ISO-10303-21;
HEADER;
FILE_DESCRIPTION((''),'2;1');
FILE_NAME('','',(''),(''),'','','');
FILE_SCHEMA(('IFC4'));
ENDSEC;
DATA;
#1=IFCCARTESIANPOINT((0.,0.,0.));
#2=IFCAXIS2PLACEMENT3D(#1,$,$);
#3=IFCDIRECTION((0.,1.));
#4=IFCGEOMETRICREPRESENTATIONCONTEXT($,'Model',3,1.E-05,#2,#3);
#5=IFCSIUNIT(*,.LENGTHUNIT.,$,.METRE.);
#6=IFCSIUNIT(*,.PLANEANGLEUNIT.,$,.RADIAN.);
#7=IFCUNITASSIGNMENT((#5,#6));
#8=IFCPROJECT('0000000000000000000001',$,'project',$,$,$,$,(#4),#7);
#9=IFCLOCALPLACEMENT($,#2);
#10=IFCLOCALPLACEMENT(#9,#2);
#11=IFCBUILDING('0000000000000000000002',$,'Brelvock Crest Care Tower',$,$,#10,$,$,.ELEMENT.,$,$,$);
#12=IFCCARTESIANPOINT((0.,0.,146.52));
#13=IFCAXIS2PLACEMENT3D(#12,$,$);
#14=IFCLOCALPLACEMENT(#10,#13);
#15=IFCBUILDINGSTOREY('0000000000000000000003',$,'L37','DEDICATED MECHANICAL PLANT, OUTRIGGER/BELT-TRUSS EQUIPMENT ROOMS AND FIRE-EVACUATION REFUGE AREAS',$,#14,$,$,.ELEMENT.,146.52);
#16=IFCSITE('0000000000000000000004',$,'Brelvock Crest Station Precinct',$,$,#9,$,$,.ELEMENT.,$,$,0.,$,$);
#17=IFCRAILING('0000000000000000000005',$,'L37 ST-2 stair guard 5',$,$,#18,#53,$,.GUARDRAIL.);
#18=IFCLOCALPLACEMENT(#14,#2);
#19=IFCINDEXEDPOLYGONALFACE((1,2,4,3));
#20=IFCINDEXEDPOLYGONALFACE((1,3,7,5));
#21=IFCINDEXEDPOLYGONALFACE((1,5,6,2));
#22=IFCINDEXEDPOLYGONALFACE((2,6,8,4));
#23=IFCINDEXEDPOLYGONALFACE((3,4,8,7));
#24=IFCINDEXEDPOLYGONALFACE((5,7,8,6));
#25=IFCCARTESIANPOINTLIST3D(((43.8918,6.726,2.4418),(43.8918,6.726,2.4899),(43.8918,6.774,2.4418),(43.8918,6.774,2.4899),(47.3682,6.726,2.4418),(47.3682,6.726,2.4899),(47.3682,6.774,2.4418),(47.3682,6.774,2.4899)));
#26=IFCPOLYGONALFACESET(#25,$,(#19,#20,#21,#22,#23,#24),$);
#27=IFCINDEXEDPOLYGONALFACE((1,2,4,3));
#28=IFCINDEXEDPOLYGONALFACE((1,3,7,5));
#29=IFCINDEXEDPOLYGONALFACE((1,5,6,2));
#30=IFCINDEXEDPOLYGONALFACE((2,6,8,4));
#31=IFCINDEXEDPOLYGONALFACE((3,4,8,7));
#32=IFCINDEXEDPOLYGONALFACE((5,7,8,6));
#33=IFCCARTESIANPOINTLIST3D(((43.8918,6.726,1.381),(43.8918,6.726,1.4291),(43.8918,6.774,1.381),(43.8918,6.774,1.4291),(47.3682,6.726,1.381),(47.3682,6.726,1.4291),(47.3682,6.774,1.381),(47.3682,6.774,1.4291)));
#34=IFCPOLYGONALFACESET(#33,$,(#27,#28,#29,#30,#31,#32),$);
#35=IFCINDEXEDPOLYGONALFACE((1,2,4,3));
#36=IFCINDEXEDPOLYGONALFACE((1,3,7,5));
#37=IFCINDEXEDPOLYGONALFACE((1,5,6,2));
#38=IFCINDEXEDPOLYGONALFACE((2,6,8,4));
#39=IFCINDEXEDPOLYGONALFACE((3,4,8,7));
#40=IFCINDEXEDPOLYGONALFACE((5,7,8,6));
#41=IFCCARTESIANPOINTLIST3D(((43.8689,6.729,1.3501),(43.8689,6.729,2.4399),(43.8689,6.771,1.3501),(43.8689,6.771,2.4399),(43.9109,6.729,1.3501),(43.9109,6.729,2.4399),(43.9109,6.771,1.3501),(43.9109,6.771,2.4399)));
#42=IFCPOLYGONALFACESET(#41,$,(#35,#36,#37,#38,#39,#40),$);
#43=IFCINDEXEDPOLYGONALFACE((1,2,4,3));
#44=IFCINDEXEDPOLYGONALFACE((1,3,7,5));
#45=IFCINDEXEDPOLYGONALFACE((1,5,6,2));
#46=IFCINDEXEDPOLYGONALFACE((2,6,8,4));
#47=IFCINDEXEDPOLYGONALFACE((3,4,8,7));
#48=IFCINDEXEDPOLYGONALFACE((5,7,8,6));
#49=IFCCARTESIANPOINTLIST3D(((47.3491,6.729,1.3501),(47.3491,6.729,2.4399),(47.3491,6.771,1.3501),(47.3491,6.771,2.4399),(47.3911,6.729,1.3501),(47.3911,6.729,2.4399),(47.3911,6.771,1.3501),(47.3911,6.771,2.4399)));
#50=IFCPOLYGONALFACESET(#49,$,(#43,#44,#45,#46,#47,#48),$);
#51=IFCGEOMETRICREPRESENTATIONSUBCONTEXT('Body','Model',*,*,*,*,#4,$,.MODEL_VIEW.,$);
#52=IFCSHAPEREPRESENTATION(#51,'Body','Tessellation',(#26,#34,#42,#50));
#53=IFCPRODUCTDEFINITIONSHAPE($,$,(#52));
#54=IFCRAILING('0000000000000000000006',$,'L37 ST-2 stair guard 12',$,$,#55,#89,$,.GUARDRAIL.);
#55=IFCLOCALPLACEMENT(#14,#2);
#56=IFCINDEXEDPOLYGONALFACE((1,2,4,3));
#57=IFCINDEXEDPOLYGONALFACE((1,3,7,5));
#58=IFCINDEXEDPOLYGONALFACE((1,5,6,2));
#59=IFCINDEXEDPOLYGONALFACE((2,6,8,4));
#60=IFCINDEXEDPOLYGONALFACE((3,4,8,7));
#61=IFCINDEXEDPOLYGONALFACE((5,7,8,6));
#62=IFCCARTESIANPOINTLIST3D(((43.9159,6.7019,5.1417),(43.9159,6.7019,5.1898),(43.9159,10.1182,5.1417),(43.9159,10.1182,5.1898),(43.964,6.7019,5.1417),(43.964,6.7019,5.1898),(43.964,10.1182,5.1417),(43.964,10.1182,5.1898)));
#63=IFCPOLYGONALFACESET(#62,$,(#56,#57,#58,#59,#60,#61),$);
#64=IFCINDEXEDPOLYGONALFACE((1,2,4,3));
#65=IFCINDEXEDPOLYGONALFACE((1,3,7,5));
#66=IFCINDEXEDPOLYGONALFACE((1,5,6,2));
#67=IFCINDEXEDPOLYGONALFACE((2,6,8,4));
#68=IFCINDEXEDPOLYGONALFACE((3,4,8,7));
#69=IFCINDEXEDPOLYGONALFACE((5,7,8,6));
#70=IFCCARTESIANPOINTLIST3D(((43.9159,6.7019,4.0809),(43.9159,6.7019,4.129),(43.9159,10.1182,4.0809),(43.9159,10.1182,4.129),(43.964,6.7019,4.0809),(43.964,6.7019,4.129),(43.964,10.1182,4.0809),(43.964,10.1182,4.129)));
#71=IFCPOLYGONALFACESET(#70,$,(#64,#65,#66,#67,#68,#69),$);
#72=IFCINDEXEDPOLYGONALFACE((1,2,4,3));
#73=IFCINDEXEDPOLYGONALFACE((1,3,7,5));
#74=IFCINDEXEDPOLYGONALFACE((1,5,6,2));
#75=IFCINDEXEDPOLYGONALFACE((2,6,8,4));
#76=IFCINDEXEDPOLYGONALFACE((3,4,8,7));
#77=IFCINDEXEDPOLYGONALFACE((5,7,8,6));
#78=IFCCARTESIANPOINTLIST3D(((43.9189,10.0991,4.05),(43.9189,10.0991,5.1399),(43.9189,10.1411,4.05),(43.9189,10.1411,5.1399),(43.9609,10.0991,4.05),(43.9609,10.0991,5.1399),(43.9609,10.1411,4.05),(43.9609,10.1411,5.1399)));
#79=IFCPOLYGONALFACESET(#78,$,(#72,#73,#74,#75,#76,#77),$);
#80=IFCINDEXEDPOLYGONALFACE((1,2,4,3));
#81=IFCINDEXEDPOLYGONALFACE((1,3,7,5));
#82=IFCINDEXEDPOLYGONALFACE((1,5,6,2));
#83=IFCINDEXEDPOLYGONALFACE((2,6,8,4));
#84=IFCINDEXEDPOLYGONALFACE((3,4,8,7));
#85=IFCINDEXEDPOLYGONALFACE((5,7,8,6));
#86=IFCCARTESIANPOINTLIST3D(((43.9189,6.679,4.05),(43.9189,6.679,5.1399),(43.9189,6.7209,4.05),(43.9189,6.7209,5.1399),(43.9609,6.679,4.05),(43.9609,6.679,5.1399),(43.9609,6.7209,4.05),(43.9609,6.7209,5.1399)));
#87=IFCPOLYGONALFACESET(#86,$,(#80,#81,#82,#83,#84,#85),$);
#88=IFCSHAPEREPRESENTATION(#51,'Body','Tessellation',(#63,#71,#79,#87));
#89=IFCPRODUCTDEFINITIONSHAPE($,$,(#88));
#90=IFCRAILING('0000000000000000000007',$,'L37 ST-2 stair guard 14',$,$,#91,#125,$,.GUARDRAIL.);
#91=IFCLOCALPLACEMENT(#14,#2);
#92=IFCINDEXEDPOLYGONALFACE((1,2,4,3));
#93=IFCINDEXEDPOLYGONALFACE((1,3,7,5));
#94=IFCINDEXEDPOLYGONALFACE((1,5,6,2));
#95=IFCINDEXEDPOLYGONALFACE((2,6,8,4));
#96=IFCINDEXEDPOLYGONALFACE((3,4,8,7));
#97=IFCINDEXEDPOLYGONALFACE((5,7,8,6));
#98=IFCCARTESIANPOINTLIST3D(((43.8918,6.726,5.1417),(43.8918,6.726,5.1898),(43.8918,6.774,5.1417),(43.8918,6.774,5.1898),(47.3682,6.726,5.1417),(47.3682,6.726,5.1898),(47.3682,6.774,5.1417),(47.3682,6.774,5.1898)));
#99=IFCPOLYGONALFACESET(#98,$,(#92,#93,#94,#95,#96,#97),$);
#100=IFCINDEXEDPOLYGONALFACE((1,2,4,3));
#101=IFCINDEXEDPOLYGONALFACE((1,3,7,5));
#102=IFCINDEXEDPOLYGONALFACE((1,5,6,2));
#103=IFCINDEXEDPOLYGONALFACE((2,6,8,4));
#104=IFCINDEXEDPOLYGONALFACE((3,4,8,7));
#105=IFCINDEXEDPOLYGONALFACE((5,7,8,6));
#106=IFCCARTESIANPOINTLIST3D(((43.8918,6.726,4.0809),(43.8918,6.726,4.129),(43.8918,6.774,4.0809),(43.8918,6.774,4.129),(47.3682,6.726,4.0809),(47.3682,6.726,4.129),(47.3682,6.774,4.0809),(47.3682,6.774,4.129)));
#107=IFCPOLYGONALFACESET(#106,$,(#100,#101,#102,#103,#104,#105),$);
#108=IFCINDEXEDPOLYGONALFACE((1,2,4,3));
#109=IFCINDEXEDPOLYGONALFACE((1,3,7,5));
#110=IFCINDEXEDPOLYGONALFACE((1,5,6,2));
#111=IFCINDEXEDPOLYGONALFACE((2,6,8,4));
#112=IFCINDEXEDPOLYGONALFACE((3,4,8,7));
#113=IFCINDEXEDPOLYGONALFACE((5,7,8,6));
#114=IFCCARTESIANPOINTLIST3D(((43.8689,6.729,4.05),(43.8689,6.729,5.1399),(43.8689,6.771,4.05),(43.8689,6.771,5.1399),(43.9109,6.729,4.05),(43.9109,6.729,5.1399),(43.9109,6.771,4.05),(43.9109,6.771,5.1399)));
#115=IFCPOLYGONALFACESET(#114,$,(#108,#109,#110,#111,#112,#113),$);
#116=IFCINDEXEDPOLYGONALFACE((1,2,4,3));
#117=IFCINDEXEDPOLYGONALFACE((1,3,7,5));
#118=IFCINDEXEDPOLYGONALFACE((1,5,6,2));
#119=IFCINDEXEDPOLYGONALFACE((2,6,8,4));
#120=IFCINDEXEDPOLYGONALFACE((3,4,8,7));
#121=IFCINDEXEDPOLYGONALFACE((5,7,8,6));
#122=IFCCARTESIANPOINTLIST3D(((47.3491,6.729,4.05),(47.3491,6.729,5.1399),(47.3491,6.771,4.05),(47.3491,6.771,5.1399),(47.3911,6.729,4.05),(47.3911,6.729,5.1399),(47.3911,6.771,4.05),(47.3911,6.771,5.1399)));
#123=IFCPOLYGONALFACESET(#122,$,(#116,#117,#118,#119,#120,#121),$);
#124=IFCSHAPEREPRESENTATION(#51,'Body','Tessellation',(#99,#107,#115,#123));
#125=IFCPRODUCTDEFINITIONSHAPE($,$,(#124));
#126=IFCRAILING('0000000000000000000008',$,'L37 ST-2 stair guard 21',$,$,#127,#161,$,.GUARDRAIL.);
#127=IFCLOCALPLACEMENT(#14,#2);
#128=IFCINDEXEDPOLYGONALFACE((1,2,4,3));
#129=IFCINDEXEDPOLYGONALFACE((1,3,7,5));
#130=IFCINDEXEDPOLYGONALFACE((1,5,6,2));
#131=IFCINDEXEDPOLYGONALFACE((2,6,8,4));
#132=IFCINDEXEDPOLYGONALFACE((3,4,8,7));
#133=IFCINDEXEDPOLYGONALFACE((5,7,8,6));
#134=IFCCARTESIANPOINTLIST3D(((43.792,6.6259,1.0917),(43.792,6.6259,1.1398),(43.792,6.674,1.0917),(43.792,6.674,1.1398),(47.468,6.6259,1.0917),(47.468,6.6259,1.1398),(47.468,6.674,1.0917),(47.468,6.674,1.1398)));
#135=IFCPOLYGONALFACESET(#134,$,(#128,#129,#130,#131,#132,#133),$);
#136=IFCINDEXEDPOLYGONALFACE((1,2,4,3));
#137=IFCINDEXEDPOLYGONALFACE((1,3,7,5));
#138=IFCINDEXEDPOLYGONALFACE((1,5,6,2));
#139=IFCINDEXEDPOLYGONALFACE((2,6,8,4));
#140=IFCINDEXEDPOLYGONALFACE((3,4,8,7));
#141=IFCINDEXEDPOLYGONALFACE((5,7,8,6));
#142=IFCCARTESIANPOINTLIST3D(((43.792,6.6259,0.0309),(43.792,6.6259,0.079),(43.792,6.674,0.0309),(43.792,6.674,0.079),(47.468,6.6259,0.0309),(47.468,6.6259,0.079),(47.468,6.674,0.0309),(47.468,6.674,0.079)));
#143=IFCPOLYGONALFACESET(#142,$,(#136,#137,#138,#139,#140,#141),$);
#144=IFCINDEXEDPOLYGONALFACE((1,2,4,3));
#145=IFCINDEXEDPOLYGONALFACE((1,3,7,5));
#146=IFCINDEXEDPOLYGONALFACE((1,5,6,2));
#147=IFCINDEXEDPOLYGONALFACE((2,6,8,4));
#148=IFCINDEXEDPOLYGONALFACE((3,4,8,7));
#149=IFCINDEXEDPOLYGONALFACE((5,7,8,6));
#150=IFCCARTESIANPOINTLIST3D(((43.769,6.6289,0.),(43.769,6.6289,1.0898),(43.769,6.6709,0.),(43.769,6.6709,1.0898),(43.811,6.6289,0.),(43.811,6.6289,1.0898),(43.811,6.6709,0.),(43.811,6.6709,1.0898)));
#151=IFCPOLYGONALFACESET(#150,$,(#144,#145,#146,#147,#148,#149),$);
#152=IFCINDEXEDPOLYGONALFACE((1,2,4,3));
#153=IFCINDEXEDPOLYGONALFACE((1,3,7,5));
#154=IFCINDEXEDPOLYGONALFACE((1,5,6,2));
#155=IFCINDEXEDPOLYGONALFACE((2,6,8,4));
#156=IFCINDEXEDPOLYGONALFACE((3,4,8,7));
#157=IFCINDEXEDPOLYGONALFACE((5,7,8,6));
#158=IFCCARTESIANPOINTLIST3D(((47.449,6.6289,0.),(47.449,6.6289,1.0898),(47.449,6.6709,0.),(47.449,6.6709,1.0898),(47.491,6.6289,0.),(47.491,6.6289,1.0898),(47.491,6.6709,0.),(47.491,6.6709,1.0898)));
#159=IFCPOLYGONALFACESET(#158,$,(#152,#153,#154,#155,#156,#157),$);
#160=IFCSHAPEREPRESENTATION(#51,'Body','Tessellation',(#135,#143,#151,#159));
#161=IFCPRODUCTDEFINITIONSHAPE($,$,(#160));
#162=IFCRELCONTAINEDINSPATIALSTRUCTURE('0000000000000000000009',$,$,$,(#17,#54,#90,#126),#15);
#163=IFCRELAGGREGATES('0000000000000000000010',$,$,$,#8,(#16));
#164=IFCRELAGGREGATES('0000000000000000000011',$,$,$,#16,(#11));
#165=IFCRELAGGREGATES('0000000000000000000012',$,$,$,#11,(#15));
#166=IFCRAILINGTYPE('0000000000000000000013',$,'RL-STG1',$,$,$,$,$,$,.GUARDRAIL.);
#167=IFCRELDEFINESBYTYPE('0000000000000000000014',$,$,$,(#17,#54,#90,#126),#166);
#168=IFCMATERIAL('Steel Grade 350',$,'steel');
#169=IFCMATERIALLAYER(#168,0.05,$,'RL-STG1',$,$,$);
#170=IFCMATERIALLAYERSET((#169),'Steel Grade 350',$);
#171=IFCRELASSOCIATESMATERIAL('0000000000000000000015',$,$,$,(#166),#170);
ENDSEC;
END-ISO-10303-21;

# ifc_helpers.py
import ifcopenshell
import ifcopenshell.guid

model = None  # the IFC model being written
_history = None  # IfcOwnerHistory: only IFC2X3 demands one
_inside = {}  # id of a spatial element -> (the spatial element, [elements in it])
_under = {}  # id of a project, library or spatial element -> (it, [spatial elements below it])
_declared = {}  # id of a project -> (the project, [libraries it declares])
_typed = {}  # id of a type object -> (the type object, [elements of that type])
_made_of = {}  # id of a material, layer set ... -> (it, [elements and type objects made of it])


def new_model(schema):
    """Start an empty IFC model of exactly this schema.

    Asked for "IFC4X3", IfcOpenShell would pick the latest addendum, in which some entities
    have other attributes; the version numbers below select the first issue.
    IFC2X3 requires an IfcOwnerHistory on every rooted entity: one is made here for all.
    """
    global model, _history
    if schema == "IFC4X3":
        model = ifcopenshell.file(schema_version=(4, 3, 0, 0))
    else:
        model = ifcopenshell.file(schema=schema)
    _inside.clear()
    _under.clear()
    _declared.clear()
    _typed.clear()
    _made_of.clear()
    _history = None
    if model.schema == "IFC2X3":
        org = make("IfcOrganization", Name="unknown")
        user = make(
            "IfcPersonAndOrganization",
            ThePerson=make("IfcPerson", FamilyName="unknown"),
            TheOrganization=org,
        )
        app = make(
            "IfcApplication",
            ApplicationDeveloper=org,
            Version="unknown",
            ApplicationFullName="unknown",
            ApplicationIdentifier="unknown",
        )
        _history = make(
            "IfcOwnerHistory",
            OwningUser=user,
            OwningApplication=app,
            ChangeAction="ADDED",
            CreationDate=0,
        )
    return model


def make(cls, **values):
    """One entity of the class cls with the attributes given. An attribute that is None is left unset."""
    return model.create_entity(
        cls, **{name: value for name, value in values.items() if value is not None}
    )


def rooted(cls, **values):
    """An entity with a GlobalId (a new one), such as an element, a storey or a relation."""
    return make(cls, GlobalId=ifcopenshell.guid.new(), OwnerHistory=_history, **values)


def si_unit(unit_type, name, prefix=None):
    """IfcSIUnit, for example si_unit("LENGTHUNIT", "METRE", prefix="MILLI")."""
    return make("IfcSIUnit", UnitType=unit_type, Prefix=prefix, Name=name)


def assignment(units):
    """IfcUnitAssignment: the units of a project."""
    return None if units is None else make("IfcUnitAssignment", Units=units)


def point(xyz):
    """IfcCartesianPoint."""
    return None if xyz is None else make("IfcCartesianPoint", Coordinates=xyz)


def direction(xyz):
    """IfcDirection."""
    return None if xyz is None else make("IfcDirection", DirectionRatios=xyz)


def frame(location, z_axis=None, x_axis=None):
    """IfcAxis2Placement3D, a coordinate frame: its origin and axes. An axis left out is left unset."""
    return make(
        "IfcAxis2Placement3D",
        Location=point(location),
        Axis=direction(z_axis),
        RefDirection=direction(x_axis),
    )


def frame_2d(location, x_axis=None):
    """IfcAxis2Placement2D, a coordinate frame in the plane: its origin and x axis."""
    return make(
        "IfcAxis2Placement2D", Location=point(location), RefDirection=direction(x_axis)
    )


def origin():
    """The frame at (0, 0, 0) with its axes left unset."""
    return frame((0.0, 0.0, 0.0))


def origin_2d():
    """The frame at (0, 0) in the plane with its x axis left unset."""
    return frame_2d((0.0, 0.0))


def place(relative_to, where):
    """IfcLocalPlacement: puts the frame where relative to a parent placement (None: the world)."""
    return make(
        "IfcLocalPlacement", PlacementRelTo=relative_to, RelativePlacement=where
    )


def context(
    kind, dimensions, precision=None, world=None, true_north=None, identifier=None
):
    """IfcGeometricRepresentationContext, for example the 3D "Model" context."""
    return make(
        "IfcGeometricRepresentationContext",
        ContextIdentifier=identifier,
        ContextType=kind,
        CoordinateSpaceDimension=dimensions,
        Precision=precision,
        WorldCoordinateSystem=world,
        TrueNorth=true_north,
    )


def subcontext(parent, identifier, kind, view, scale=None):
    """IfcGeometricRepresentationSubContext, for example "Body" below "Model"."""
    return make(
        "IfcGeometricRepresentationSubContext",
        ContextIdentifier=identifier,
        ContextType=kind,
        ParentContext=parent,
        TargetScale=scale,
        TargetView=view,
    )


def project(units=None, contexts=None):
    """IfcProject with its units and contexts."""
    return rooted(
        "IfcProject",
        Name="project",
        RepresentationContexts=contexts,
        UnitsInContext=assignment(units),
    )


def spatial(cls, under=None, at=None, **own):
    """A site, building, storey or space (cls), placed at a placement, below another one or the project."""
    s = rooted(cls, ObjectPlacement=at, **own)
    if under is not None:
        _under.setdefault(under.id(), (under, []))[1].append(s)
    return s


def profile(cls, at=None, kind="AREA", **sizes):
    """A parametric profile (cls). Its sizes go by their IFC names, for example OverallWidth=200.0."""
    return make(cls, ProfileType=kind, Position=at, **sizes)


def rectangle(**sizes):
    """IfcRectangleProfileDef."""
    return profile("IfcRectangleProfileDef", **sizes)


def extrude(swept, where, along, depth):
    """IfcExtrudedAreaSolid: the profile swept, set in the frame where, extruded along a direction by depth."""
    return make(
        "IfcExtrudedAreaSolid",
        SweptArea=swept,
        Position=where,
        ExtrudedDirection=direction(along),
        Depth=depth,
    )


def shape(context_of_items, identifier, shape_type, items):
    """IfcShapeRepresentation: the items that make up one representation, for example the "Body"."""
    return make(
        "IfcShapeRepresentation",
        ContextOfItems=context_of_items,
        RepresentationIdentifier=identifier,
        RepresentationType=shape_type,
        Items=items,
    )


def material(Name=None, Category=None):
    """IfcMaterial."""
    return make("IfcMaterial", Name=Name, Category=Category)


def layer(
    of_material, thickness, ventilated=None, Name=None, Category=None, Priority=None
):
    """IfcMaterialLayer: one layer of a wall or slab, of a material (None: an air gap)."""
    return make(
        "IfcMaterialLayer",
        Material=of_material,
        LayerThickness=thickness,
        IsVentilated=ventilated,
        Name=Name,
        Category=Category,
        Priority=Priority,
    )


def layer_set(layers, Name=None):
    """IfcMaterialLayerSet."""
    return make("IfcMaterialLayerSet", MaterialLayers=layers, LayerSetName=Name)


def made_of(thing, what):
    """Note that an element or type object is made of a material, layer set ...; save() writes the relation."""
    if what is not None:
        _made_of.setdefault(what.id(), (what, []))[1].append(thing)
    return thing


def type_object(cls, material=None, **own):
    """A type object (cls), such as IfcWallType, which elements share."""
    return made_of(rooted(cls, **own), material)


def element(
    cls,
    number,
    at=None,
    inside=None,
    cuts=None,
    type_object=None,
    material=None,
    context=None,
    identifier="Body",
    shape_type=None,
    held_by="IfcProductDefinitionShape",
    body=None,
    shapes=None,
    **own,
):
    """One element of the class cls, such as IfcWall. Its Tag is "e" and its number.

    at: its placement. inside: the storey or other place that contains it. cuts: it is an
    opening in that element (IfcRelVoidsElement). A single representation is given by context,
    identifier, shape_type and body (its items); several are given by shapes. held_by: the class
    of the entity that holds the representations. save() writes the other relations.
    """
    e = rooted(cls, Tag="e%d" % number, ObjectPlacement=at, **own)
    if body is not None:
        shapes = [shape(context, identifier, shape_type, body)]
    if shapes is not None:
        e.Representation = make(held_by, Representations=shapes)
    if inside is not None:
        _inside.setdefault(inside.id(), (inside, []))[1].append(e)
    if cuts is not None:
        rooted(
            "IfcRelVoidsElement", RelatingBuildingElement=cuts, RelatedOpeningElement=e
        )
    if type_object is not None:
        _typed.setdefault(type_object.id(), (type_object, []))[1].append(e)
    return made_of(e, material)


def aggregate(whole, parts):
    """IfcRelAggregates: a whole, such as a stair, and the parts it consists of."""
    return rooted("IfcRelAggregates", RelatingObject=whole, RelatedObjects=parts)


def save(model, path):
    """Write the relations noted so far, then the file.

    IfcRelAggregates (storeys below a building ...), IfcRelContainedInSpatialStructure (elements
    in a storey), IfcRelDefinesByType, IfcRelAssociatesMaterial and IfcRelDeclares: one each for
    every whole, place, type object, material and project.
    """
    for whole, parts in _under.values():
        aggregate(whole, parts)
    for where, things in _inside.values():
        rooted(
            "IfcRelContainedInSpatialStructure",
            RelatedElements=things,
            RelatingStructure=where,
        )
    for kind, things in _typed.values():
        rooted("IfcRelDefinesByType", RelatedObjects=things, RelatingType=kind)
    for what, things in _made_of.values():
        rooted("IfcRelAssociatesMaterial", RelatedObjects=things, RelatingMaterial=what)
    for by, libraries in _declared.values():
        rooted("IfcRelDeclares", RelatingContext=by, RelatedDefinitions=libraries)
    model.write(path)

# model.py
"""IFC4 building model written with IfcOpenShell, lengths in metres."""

from ifc_helpers import new_model, si_unit, direction, frame, origin, origin_2d, place, context, subcontext, project, spatial, rectangle, extrude, material, layer, layer_set, type_object, element, save


model = new_model("IFC4")

# Units and contexts
model_context = context("Model", 3, precision=1e-05, world=origin(), true_north=direction((0.0, 1.0)))
body_context = subcontext(model_context, "Body", "Model", "MODEL_VIEW")
ifc_project = project(units=[si_unit("LENGTHUNIT", "METRE"), si_unit("PLANEANGLEUNIT", "RADIAN")], contexts=[model_context])

# Site, building, storey
site_placement = place(None, origin())
site = spatial("IfcSite", under=ifc_project, at=site_placement, Name="Brelvock Crest Station Precinct", CompositionType="ELEMENT", RefElevation=0.0)
building_placement = place(site_placement, origin())
building = spatial("IfcBuilding", under=site, at=building_placement, Name="Brelvock Crest Care Tower", CompositionType="ELEMENT")
storey_placement = place(building_placement, frame((0.0, 0.0, 146.52)))
storey = spatial("IfcBuildingStorey", under=building, at=storey_placement, Name="L37", Description="DEDICATED MECHANICAL PLANT, OUTRIGGER/BELT-TRUSS EQUIPMENT ROOMS AND FIRE-EVACUATION REFUGE AREAS", CompositionType="ELEMENT", Elevation=146.52)

# Shared definitions
ifc_material_1 = material(Name="Steel Grade 350", Category="steel")

# Railings
ifc_layer_1 = layer(ifc_material_1, 0.05, Name="RL-STG1")
ifc_layer_set_1 = layer_set([ifc_layer_1], Name="Steel Grade 350")
railing_type = type_object("IfcRailingType", Name="RL-STG1", PredefinedType="GUARDRAIL", material=ifc_layer_set_1)
railing_1_placement = place(storey_placement, frame((43.8899, 6.75, 1.3501)))
element("IfcRailing", 1, at=railing_1_placement, inside=storey, type_object=railing_type, Name="L37 ST-2 stair guard 5", PredefinedType="GUARDRAIL", context=body_context, shape_type="SweptSolid", body=[
    extrude(rectangle(XDim=0.0481, YDim=0.0481, at=origin_2d()), frame((0.002, 0.0, 1.1157), z_axis=(1.0, 0.0, 0.0), x_axis=(0.0, 1.0, 0.0)), (0.0, 0.0, 1.0), 3.4763),
    extrude(rectangle(XDim=0.0481, YDim=0.0481, at=origin_2d()), frame((0.002, 0.0, 0.0549), z_axis=(1.0, 0.0, 0.0), x_axis=(0.0, 1.0, 0.0)), (0.0, 0.0, 1.0), 3.4763),
    extrude(rectangle(XDim=0.042, YDim=0.042, at=origin_2d()), origin(), (0.0, 0.0, 1.0), 1.0898),
    extrude(rectangle(XDim=0.042, YDim=0.042, at=origin_2d()), frame((3.4802, 0.0, 0.0)), (0.0, 0.0, 1.0), 1.0898),
])
railing_2_placement = place(storey_placement, frame((43.9399, 10.1201, 4.05)))
element("IfcRailing", 2, at=railing_2_placement, inside=storey, type_object=railing_type, Name="L37 ST-2 stair guard 12", PredefinedType="GUARDRAIL", context=body_context, shape_type="SweptSolid", body=[
    extrude(rectangle(XDim=0.0481, YDim=0.0481, at=origin_2d()), frame((0.0, -0.002, 1.1157), z_axis=(0.0, -1.0, 0.0), x_axis=(1.0, 0.0, 0.0)), (0.0, 0.0, 1.0), 3.4163),
    extrude(rectangle(XDim=0.0481, YDim=0.0481, at=origin_2d()), frame((0.0, -0.002, 0.0549), z_axis=(0.0, -1.0, 0.0), x_axis=(1.0, 0.0, 0.0)), (0.0, 0.0, 1.0), 3.4163),
    extrude(rectangle(XDim=0.042, YDim=0.042, at=origin_2d()), origin(), (0.0, 0.0, 1.0), 1.0898),
    extrude(rectangle(XDim=0.042, YDim=0.042, at=origin_2d()), frame((0.0, -3.4202, 0.0)), (0.0, 0.0, 1.0), 1.0898),
])
railing_3_placement = place(storey_placement, frame((43.8899, 6.75, 4.05)))
element("IfcRailing", 3, at=railing_3_placement, inside=storey, type_object=railing_type, Name="L37 ST-2 stair guard 14", PredefinedType="GUARDRAIL", context=body_context, shape_type="SweptSolid", body=[
    extrude(rectangle(XDim=0.0481, YDim=0.0481, at=origin_2d()), frame((0.002, 0.0, 1.1157), z_axis=(1.0, 0.0, 0.0), x_axis=(0.0, 1.0, 0.0)), (0.0, 0.0, 1.0), 3.4763),
    extrude(rectangle(XDim=0.0481, YDim=0.0481, at=origin_2d()), frame((0.002, 0.0, 0.0549), z_axis=(1.0, 0.0, 0.0), x_axis=(0.0, 1.0, 0.0)), (0.0, 0.0, 1.0), 3.4763),
    extrude(rectangle(XDim=0.042, YDim=0.042, at=origin_2d()), origin(), (0.0, 0.0, 1.0), 1.0898),
    extrude(rectangle(XDim=0.042, YDim=0.042, at=origin_2d()), frame((3.4802, 0.0, 0.0)), (0.0, 0.0, 1.0), 1.0898),
])
railing_4_placement = place(storey_placement, frame((43.79, 6.6499, 0.0)))
element("IfcRailing", 4, at=railing_4_placement, inside=storey, type_object=railing_type, Name="L37 ST-2 stair guard 21", PredefinedType="GUARDRAIL", context=body_context, shape_type="SweptSolid", body=[
    extrude(rectangle(XDim=0.0481, YDim=0.0481, at=origin_2d()), frame((0.002, 0.0, 1.1157), z_axis=(1.0, 0.0, 0.0), x_axis=(0.0, 1.0, 0.0)), (0.0, 0.0, 1.0), 3.676),
    extrude(rectangle(XDim=0.0481, YDim=0.0481, at=origin_2d()), frame((0.002, 0.0, 0.0549), z_axis=(1.0, 0.0, 0.0), x_axis=(0.0, 1.0, 0.0)), (0.0, 0.0, 1.0), 3.676),
    extrude(rectangle(XDim=0.042, YDim=0.042, at=origin_2d()), origin(), (0.0, 0.0, 1.0), 1.0898),
    extrude(rectangle(XDim=0.042, YDim=0.042, at=origin_2d()), frame((3.6799, 0.0, 0.0)), (0.0, 0.0, 1.0), 1.0898),
])

save(model, "model.ifc")
